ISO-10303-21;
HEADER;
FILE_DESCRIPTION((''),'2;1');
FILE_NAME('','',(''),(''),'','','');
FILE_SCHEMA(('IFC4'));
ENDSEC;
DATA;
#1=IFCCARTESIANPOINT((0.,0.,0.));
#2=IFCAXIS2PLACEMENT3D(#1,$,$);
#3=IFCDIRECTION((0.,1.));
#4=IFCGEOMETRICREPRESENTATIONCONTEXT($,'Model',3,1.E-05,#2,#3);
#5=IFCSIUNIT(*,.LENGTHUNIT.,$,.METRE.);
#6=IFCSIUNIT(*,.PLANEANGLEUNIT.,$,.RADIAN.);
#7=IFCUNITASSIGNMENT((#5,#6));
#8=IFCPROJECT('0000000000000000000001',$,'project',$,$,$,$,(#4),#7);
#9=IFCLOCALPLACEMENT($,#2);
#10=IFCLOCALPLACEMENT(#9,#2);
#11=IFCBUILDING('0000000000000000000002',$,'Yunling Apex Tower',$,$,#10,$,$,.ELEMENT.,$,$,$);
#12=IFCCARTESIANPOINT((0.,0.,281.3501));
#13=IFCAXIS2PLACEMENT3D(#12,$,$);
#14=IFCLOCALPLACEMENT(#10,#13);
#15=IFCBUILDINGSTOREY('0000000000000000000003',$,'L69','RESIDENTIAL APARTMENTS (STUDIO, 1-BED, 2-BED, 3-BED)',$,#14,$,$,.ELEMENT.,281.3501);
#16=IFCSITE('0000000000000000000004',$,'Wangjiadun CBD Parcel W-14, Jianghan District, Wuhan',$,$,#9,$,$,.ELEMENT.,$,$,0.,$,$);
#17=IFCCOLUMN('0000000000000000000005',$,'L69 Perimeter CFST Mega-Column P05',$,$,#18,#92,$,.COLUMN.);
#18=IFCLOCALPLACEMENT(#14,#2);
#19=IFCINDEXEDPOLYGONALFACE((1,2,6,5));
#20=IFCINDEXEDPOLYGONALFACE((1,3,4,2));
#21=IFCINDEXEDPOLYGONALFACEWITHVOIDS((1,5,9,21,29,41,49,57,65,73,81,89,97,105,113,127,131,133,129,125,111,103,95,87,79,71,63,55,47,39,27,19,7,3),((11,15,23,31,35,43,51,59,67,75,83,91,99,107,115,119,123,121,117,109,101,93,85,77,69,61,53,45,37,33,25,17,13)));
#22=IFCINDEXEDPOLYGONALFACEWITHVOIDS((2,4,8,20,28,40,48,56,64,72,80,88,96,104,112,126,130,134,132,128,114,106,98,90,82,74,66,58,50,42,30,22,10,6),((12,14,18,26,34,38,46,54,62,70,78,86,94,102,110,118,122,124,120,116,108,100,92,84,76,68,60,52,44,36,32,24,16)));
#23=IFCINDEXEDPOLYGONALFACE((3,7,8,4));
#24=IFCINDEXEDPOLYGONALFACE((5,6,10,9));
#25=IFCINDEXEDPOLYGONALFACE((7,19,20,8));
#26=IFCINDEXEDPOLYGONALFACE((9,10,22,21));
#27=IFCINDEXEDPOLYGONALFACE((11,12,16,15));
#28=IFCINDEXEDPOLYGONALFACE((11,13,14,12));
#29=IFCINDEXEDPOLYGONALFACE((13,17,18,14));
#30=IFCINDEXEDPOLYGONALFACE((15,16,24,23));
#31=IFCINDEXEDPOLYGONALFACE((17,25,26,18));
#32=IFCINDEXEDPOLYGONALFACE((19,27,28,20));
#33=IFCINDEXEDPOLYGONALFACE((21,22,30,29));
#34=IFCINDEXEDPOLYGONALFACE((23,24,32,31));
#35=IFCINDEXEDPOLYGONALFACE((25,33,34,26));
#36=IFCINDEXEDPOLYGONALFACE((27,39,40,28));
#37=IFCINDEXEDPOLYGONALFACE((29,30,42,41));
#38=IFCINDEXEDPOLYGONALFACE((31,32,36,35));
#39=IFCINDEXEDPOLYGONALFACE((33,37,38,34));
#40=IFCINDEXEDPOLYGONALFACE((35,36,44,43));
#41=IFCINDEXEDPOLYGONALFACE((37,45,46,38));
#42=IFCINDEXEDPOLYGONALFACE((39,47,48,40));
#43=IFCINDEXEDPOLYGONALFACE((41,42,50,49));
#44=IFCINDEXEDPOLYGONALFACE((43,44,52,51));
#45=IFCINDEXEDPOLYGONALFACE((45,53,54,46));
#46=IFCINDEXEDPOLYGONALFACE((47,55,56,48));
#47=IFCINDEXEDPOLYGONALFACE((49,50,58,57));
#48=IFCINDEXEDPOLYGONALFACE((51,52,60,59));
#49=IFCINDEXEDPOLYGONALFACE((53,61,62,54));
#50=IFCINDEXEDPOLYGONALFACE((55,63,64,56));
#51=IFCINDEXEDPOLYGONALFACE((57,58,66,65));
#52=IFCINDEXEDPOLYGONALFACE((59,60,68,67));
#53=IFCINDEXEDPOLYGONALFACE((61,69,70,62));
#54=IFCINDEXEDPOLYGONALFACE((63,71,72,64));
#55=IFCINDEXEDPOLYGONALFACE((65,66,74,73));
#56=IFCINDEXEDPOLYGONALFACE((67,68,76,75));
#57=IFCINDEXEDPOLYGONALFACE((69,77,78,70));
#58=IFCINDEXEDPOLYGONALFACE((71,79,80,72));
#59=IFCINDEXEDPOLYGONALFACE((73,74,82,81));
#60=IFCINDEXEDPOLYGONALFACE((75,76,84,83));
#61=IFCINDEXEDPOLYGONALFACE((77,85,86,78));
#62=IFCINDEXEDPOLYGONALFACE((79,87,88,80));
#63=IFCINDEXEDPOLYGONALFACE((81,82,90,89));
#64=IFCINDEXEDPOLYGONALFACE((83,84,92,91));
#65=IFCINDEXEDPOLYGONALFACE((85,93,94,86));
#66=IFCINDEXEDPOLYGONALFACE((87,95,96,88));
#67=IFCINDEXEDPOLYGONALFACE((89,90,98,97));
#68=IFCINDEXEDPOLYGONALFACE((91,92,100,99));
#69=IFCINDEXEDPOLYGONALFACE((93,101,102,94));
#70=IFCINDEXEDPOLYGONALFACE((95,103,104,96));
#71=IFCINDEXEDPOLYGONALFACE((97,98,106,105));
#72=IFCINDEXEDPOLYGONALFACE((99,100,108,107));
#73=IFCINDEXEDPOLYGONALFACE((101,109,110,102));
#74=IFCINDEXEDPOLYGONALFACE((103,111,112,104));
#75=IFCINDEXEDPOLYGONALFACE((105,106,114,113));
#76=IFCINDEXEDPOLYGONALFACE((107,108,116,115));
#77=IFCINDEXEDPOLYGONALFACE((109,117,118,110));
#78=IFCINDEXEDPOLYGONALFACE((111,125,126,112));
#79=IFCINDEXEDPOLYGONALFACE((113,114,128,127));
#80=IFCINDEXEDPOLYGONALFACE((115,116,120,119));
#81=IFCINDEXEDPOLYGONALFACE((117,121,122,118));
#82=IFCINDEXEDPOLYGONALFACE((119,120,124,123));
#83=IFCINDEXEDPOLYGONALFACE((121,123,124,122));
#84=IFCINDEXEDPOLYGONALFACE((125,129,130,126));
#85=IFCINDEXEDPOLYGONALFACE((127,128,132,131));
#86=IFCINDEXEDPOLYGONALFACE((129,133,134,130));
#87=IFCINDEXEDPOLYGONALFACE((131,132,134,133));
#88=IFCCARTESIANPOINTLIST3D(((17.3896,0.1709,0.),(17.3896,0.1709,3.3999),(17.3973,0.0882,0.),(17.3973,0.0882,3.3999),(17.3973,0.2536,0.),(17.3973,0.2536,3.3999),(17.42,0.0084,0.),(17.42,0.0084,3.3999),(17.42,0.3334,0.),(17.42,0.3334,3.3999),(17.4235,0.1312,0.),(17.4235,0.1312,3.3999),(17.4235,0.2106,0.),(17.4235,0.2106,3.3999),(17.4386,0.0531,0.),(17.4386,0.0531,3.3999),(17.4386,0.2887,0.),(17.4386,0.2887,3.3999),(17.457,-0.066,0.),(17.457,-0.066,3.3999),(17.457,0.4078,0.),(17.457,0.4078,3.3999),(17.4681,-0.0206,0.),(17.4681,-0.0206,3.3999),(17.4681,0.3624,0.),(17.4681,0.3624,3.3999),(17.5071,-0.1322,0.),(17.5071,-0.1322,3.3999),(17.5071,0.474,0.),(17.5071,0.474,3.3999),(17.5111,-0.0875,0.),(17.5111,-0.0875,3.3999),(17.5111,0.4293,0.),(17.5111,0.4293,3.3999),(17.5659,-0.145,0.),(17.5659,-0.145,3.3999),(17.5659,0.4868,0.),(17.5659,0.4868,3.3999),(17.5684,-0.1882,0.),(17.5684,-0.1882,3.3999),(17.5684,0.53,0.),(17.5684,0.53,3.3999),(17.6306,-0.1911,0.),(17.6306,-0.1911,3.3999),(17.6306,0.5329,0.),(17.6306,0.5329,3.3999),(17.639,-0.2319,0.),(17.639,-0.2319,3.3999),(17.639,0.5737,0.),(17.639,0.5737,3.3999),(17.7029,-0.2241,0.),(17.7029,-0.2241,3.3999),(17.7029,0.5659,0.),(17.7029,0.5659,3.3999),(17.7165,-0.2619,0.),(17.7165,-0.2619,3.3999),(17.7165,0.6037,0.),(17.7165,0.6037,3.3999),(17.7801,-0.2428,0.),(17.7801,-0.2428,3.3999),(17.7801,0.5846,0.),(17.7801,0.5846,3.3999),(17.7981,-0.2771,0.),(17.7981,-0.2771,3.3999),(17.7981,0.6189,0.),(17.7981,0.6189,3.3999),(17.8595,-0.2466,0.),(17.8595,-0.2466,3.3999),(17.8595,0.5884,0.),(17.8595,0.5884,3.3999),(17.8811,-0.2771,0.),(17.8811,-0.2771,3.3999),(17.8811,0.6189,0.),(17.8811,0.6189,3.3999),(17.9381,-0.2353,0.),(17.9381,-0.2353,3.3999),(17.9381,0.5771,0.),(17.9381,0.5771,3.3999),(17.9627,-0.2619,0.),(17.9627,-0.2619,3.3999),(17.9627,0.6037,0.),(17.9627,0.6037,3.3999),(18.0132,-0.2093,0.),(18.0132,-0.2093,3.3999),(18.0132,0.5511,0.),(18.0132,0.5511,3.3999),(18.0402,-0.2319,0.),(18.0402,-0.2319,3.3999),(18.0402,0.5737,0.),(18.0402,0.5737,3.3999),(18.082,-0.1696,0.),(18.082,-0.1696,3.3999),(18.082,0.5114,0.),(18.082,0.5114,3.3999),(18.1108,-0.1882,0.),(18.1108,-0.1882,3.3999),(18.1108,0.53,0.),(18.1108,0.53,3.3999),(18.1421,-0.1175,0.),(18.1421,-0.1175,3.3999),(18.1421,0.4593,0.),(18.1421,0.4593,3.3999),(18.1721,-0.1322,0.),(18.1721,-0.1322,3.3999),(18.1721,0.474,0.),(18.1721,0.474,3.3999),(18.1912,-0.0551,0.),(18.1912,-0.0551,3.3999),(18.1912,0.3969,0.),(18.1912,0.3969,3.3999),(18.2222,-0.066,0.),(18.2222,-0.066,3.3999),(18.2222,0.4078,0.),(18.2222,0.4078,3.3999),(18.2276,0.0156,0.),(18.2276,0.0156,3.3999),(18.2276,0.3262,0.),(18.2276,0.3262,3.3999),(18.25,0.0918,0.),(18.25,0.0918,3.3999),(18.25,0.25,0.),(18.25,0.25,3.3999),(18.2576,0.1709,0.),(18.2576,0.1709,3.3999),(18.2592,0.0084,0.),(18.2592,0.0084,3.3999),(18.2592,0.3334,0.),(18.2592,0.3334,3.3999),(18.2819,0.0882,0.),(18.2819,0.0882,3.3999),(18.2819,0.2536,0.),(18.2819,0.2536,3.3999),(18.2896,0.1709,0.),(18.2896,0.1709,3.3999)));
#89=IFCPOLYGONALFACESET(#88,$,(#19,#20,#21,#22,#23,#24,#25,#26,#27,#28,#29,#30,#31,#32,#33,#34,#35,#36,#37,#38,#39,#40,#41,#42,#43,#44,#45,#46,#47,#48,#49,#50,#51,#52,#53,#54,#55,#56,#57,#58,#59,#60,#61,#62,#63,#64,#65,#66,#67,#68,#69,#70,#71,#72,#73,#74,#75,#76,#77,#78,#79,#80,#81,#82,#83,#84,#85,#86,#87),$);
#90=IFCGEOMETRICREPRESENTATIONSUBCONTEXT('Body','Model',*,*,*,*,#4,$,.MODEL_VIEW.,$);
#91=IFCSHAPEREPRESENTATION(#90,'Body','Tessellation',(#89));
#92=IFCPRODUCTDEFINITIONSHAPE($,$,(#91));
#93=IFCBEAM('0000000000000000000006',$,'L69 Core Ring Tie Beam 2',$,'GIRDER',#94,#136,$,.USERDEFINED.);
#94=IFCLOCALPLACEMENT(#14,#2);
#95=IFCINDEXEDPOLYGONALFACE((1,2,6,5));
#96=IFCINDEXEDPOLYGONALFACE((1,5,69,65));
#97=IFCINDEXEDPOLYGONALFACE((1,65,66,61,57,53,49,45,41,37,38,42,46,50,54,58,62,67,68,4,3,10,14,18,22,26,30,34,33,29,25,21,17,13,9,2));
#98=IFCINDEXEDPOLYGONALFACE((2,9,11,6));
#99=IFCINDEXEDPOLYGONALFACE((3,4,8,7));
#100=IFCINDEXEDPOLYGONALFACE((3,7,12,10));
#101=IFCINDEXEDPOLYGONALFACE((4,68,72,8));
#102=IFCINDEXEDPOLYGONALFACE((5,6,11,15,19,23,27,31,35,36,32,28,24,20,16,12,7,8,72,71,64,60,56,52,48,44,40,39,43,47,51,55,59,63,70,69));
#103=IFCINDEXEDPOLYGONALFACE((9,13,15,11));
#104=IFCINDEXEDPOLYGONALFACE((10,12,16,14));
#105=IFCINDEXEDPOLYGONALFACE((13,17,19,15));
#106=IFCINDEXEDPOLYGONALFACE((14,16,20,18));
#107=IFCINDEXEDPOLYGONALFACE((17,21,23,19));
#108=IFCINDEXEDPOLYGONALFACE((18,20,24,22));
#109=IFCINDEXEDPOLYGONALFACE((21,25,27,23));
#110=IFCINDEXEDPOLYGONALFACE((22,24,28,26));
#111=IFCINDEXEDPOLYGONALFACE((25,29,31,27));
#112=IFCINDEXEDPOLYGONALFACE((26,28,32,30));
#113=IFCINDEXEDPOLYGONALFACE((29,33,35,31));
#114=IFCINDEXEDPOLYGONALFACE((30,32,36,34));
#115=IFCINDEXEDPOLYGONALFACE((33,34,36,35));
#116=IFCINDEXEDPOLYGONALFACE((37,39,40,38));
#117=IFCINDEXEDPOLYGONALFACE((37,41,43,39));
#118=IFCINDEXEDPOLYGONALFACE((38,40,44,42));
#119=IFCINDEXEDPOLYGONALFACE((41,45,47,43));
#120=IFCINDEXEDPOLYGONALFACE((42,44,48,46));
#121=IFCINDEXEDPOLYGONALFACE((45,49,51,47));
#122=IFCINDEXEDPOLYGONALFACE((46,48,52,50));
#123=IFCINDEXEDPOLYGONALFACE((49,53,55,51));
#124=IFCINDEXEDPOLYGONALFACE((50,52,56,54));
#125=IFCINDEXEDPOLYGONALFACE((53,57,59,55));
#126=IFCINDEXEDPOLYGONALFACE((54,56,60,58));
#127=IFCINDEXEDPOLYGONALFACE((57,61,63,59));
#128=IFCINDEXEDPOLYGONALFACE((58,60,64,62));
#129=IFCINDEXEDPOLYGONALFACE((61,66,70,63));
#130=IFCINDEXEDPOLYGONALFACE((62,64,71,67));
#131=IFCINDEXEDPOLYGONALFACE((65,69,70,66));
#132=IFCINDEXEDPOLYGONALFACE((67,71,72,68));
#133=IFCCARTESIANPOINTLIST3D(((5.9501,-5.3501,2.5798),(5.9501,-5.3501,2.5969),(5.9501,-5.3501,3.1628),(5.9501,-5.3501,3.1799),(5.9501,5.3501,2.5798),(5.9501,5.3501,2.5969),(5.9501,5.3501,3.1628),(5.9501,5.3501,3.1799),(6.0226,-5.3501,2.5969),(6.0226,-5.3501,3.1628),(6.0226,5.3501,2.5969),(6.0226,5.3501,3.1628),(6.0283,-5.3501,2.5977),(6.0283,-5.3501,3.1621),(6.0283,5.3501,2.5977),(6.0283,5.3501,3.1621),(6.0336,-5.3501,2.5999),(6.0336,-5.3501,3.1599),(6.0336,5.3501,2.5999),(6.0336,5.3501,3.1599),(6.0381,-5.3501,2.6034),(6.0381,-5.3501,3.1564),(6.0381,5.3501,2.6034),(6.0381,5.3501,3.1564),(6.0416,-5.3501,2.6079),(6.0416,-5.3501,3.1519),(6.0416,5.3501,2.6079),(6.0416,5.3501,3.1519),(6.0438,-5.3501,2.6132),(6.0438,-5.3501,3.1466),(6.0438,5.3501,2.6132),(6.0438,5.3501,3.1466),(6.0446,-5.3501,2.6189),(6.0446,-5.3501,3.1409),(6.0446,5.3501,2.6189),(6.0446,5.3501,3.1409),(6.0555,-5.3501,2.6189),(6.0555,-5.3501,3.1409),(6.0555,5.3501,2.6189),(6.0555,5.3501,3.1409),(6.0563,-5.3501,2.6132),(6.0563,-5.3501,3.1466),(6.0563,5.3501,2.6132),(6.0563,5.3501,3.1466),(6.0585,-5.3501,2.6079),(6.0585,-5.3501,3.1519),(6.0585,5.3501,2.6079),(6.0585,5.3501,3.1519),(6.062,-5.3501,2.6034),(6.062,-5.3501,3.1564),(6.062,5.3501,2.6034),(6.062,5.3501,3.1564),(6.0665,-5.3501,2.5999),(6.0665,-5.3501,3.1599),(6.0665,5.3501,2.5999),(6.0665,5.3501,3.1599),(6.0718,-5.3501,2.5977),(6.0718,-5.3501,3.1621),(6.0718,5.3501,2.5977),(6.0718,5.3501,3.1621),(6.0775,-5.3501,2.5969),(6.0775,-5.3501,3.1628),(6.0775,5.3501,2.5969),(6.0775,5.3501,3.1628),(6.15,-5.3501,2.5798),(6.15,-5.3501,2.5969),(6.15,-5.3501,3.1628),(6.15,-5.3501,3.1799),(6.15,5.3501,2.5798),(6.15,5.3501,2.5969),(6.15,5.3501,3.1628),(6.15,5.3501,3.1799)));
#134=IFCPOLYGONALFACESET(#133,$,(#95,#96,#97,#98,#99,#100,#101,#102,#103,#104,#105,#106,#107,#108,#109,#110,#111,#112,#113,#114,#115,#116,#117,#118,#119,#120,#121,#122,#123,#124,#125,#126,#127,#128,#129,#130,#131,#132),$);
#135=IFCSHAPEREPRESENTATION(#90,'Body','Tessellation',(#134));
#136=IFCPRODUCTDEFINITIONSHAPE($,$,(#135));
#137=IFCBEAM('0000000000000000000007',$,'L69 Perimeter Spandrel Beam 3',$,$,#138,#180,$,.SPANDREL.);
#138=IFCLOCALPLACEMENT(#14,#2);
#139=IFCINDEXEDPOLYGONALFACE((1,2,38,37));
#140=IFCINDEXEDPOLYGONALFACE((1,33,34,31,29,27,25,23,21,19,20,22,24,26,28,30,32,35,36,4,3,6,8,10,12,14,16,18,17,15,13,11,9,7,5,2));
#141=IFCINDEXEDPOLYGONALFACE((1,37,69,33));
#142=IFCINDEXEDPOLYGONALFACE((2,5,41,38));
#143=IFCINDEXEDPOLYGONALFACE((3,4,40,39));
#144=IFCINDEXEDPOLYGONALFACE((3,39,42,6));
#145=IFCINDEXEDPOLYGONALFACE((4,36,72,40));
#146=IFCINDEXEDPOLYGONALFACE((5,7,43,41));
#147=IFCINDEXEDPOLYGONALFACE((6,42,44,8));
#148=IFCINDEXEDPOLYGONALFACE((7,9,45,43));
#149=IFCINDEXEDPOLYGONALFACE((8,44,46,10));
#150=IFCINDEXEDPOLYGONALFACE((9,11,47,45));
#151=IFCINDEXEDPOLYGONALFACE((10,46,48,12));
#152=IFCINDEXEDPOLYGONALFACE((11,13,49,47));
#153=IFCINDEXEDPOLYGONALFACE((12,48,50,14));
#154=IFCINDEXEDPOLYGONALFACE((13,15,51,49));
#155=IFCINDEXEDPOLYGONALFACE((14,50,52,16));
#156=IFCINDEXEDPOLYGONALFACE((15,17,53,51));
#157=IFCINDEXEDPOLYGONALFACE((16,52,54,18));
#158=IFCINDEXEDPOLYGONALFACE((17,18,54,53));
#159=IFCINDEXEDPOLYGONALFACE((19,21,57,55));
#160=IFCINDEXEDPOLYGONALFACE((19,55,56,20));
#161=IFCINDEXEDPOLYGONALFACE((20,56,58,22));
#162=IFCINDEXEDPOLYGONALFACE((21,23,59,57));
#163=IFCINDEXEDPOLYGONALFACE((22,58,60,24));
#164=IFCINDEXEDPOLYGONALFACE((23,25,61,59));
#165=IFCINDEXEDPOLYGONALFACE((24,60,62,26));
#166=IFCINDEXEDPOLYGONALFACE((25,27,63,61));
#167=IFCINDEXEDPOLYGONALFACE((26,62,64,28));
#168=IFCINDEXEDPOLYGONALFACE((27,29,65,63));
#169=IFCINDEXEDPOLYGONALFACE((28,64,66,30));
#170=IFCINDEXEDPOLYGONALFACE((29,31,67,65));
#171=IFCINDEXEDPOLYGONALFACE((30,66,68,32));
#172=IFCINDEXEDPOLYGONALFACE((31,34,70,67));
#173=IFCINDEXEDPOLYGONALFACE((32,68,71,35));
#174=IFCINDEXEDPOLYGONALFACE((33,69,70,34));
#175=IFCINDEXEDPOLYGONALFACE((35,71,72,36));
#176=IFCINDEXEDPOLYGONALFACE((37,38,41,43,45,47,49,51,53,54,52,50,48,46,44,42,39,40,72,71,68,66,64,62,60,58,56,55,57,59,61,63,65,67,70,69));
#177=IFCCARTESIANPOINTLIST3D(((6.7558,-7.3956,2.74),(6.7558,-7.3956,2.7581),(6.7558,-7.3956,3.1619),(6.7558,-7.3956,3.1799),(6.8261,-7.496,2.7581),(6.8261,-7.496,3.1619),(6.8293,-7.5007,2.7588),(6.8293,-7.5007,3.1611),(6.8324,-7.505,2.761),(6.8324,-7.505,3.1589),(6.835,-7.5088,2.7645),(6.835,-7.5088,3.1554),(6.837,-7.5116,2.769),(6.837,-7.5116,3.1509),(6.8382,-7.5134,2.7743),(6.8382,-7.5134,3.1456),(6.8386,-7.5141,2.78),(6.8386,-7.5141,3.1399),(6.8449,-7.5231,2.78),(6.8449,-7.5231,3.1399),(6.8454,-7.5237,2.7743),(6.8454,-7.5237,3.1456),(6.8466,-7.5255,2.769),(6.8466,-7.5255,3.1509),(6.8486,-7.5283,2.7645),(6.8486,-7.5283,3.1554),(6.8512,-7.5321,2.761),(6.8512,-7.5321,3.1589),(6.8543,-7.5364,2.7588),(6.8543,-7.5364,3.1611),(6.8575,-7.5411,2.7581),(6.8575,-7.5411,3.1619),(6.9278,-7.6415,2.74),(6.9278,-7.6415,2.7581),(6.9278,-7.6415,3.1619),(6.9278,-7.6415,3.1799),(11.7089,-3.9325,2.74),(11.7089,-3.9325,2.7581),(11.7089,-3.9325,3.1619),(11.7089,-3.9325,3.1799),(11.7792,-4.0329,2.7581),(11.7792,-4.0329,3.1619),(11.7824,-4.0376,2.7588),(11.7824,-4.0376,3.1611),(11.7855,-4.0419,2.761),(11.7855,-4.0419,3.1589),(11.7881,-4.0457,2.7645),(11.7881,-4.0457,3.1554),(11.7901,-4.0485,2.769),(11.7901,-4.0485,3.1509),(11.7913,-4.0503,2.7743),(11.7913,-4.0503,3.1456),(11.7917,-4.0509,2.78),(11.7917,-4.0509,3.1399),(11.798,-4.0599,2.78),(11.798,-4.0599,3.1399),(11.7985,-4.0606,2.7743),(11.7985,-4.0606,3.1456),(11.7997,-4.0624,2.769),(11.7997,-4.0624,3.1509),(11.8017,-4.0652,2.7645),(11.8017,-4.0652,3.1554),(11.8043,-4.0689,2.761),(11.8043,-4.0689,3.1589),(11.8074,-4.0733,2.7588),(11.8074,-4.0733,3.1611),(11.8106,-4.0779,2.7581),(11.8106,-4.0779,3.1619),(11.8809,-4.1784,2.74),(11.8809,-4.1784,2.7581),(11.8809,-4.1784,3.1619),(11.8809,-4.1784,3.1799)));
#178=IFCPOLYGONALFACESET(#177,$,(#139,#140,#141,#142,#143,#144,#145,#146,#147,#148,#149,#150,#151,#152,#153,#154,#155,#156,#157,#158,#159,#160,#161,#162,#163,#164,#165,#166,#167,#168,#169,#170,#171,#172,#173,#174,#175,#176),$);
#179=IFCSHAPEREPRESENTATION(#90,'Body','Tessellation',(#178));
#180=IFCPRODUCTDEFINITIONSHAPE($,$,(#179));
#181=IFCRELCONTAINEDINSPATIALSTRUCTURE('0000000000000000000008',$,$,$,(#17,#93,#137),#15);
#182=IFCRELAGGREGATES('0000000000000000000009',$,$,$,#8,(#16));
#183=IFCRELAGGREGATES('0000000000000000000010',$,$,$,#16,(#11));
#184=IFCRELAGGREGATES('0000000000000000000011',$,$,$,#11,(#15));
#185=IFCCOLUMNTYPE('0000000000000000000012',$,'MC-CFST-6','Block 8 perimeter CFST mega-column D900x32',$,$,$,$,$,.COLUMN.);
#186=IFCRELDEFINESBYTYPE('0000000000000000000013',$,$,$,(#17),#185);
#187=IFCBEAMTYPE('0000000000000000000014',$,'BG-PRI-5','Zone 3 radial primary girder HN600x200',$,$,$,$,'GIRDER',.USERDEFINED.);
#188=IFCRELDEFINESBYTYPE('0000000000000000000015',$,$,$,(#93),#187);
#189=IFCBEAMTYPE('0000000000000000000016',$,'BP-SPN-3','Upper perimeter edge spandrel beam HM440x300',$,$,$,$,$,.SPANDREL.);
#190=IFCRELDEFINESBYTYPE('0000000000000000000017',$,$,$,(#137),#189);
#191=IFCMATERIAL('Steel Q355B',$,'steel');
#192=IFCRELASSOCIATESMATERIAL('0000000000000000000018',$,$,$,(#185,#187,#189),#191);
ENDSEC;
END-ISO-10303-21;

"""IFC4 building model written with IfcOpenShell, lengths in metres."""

from ifc_helpers import new_model, si_unit, direction, frame, origin, origin_2d, place, context, subcontext, project, spatial, hollow_circle, i_section, extrude, source, transform, mapped, material, material_profile, profile_set, type_object, element, save


model = new_model("IFC4")

# Units and contexts
model_context = context("Model", 3, precision=1e-05, world=origin(), true_north=direction((0.0, 1.0)))
body_context = subcontext(model_context, "Body", "Model", "MODEL_VIEW")
ifc_project = project(units=[si_unit("LENGTHUNIT", "METRE"), si_unit("PLANEANGLEUNIT", "RADIAN")], contexts=[model_context])

# Site, building, storey
site_placement = place(None, origin())
site = spatial("IfcSite", under=ifc_project, at=site_placement, Name="Wangjiadun CBD Parcel W-14, Jianghan District, Wuhan", CompositionType="ELEMENT", RefElevation=0.0)
building_placement = place(site_placement, origin())
building = spatial("IfcBuilding", under=site, at=building_placement, Name="Yunling Apex Tower", CompositionType="ELEMENT")
storey_placement = place(building_placement, frame((0.0, 0.0, 281.3501)))
storey = spatial("IfcBuildingStorey", under=building, at=storey_placement, Name="L69", Description="RESIDENTIAL APARTMENTS (STUDIO, 1-BED, 2-BED, 3-BED)", CompositionType="ELEMENT", Elevation=281.3501)

# Column
ifc_material_1 = material(Name="Steel Q355B", Category="steel")
ifc_material_profile_1 = material_profile(ifc_material_1, hollow_circle(Radius=0.45, WallThickness=0.032, at=origin_2d()))
ifc_profile_set_1 = profile_set([ifc_material_profile_1], Name="Steel Q355B")
column_type_1 = type_object("IfcColumnType", Name="MC-CFST-6", Description="Block 8 perimeter CFST mega-column D900x32", PredefinedType="COLUMN", material=ifc_profile_set_1)
shared_shape_1 = source(origin(), body_context, "Body", "SweptSolid", [
    extrude(hollow_circle(Radius=0.45, WallThickness=0.032, at=origin_2d()), origin(), (0.0, 0.0, 1.0), 3.3999),
])
for number, where, z_axis, x_axis, name in (
    (1, (17.8396, 0.1709, 0.0), (0.0, 0.0, 1.0), (1.0, 0.0, 0.0), "L69 Perimeter CFST Mega-Column P05"),
):
    element("IfcColumn", number, at=place(storey_placement, frame(where, z_axis=z_axis, x_axis=x_axis)), inside=storey, type_object=column_type_1, Name=name, PredefinedType="COLUMN", context=body_context, shape_type="MappedRepresentation", body=[
        mapped(shared_shape_1, transform((0.0, 0.0, 0.0), scale=1.0)),
    ])

# Beams
ifc_material_profile_2 = material_profile(ifc_material_1, i_section(OverallWidth=0.2, OverallDepth=0.6001, WebThickness=0.011, FlangeThickness=0.0171, FilletRadius=0.022, at=origin_2d()))
ifc_profile_set_2 = profile_set([ifc_material_profile_2], Name="Steel Q355B")
beam_type_1 = type_object("IfcBeamType", Name="BG-PRI-5", Description="Zone 3 radial primary girder HN600x200", ElementType="GIRDER", PredefinedType="USERDEFINED", material=ifc_profile_set_2)
shared_shape_2 = source(origin(), body_context, "Body", "SweptSolid", [
    extrude(i_section(OverallWidth=0.2, OverallDepth=0.6001, WebThickness=0.011, FlangeThickness=0.0171, FilletRadius=0.022, at=origin_2d()), origin(), (0.0, 0.0, 1.0), 10.7002),
])
beam_1_placement = place(storey_placement, frame((6.05, -5.3501, 2.8799), z_axis=(0.0, 1.0, 0.0), x_axis=(-1.0, 0.0, 0.0)))
element("IfcBeam", 2, at=beam_1_placement, inside=storey, type_object=beam_type_1, Name="L69 Core Ring Tie Beam 2", ObjectType="GIRDER", PredefinedType="USERDEFINED", context=body_context, shape_type="MappedRepresentation", body=[
    mapped(shared_shape_2, transform((0.0, 0.0, 0.0), scale=1.0)),
])
ifc_material_profile_3 = material_profile(ifc_material_1, i_section(OverallWidth=0.3, OverallDepth=0.4399, WebThickness=0.011, FlangeThickness=0.0181, FilletRadius=0.022, at=origin_2d()))
ifc_profile_set_3 = profile_set([ifc_material_profile_3], Name="Steel Q355B")
beam_type_2 = type_object("IfcBeamType", Name="BP-SPN-3", Description="Upper perimeter edge spandrel beam HM440x300", PredefinedType="SPANDREL", material=ifc_profile_set_3)
shared_shape_3 = source(origin(), body_context, "Body", "SweptSolid", [
    extrude(i_section(OverallWidth=0.3, OverallDepth=0.4399, WebThickness=0.011, FlangeThickness=0.0181, FilletRadius=0.022, at=origin_2d()), origin(), (0.0, 0.0, 1.0), 6.0437),
])
for number, where, z_axis, x_axis, name in (
    (3, (6.8418, -7.5186, 2.96), (0.819547, 0.573012, 0.0), (-0.573012, 0.819547, 0.0), "L69 Perimeter Spandrel Beam 3"),
):
    element("IfcBeam", number, at=place(storey_placement, frame(where, z_axis=z_axis, x_axis=x_axis)), inside=storey, type_object=beam_type_2, Name=name, PredefinedType="SPANDREL", context=body_context, shape_type="MappedRepresentation", body=[
        mapped(shared_shape_3, transform((0.0, 0.0, 0.0), scale=1.0)),
    ])

save(model, "model.ifc")
